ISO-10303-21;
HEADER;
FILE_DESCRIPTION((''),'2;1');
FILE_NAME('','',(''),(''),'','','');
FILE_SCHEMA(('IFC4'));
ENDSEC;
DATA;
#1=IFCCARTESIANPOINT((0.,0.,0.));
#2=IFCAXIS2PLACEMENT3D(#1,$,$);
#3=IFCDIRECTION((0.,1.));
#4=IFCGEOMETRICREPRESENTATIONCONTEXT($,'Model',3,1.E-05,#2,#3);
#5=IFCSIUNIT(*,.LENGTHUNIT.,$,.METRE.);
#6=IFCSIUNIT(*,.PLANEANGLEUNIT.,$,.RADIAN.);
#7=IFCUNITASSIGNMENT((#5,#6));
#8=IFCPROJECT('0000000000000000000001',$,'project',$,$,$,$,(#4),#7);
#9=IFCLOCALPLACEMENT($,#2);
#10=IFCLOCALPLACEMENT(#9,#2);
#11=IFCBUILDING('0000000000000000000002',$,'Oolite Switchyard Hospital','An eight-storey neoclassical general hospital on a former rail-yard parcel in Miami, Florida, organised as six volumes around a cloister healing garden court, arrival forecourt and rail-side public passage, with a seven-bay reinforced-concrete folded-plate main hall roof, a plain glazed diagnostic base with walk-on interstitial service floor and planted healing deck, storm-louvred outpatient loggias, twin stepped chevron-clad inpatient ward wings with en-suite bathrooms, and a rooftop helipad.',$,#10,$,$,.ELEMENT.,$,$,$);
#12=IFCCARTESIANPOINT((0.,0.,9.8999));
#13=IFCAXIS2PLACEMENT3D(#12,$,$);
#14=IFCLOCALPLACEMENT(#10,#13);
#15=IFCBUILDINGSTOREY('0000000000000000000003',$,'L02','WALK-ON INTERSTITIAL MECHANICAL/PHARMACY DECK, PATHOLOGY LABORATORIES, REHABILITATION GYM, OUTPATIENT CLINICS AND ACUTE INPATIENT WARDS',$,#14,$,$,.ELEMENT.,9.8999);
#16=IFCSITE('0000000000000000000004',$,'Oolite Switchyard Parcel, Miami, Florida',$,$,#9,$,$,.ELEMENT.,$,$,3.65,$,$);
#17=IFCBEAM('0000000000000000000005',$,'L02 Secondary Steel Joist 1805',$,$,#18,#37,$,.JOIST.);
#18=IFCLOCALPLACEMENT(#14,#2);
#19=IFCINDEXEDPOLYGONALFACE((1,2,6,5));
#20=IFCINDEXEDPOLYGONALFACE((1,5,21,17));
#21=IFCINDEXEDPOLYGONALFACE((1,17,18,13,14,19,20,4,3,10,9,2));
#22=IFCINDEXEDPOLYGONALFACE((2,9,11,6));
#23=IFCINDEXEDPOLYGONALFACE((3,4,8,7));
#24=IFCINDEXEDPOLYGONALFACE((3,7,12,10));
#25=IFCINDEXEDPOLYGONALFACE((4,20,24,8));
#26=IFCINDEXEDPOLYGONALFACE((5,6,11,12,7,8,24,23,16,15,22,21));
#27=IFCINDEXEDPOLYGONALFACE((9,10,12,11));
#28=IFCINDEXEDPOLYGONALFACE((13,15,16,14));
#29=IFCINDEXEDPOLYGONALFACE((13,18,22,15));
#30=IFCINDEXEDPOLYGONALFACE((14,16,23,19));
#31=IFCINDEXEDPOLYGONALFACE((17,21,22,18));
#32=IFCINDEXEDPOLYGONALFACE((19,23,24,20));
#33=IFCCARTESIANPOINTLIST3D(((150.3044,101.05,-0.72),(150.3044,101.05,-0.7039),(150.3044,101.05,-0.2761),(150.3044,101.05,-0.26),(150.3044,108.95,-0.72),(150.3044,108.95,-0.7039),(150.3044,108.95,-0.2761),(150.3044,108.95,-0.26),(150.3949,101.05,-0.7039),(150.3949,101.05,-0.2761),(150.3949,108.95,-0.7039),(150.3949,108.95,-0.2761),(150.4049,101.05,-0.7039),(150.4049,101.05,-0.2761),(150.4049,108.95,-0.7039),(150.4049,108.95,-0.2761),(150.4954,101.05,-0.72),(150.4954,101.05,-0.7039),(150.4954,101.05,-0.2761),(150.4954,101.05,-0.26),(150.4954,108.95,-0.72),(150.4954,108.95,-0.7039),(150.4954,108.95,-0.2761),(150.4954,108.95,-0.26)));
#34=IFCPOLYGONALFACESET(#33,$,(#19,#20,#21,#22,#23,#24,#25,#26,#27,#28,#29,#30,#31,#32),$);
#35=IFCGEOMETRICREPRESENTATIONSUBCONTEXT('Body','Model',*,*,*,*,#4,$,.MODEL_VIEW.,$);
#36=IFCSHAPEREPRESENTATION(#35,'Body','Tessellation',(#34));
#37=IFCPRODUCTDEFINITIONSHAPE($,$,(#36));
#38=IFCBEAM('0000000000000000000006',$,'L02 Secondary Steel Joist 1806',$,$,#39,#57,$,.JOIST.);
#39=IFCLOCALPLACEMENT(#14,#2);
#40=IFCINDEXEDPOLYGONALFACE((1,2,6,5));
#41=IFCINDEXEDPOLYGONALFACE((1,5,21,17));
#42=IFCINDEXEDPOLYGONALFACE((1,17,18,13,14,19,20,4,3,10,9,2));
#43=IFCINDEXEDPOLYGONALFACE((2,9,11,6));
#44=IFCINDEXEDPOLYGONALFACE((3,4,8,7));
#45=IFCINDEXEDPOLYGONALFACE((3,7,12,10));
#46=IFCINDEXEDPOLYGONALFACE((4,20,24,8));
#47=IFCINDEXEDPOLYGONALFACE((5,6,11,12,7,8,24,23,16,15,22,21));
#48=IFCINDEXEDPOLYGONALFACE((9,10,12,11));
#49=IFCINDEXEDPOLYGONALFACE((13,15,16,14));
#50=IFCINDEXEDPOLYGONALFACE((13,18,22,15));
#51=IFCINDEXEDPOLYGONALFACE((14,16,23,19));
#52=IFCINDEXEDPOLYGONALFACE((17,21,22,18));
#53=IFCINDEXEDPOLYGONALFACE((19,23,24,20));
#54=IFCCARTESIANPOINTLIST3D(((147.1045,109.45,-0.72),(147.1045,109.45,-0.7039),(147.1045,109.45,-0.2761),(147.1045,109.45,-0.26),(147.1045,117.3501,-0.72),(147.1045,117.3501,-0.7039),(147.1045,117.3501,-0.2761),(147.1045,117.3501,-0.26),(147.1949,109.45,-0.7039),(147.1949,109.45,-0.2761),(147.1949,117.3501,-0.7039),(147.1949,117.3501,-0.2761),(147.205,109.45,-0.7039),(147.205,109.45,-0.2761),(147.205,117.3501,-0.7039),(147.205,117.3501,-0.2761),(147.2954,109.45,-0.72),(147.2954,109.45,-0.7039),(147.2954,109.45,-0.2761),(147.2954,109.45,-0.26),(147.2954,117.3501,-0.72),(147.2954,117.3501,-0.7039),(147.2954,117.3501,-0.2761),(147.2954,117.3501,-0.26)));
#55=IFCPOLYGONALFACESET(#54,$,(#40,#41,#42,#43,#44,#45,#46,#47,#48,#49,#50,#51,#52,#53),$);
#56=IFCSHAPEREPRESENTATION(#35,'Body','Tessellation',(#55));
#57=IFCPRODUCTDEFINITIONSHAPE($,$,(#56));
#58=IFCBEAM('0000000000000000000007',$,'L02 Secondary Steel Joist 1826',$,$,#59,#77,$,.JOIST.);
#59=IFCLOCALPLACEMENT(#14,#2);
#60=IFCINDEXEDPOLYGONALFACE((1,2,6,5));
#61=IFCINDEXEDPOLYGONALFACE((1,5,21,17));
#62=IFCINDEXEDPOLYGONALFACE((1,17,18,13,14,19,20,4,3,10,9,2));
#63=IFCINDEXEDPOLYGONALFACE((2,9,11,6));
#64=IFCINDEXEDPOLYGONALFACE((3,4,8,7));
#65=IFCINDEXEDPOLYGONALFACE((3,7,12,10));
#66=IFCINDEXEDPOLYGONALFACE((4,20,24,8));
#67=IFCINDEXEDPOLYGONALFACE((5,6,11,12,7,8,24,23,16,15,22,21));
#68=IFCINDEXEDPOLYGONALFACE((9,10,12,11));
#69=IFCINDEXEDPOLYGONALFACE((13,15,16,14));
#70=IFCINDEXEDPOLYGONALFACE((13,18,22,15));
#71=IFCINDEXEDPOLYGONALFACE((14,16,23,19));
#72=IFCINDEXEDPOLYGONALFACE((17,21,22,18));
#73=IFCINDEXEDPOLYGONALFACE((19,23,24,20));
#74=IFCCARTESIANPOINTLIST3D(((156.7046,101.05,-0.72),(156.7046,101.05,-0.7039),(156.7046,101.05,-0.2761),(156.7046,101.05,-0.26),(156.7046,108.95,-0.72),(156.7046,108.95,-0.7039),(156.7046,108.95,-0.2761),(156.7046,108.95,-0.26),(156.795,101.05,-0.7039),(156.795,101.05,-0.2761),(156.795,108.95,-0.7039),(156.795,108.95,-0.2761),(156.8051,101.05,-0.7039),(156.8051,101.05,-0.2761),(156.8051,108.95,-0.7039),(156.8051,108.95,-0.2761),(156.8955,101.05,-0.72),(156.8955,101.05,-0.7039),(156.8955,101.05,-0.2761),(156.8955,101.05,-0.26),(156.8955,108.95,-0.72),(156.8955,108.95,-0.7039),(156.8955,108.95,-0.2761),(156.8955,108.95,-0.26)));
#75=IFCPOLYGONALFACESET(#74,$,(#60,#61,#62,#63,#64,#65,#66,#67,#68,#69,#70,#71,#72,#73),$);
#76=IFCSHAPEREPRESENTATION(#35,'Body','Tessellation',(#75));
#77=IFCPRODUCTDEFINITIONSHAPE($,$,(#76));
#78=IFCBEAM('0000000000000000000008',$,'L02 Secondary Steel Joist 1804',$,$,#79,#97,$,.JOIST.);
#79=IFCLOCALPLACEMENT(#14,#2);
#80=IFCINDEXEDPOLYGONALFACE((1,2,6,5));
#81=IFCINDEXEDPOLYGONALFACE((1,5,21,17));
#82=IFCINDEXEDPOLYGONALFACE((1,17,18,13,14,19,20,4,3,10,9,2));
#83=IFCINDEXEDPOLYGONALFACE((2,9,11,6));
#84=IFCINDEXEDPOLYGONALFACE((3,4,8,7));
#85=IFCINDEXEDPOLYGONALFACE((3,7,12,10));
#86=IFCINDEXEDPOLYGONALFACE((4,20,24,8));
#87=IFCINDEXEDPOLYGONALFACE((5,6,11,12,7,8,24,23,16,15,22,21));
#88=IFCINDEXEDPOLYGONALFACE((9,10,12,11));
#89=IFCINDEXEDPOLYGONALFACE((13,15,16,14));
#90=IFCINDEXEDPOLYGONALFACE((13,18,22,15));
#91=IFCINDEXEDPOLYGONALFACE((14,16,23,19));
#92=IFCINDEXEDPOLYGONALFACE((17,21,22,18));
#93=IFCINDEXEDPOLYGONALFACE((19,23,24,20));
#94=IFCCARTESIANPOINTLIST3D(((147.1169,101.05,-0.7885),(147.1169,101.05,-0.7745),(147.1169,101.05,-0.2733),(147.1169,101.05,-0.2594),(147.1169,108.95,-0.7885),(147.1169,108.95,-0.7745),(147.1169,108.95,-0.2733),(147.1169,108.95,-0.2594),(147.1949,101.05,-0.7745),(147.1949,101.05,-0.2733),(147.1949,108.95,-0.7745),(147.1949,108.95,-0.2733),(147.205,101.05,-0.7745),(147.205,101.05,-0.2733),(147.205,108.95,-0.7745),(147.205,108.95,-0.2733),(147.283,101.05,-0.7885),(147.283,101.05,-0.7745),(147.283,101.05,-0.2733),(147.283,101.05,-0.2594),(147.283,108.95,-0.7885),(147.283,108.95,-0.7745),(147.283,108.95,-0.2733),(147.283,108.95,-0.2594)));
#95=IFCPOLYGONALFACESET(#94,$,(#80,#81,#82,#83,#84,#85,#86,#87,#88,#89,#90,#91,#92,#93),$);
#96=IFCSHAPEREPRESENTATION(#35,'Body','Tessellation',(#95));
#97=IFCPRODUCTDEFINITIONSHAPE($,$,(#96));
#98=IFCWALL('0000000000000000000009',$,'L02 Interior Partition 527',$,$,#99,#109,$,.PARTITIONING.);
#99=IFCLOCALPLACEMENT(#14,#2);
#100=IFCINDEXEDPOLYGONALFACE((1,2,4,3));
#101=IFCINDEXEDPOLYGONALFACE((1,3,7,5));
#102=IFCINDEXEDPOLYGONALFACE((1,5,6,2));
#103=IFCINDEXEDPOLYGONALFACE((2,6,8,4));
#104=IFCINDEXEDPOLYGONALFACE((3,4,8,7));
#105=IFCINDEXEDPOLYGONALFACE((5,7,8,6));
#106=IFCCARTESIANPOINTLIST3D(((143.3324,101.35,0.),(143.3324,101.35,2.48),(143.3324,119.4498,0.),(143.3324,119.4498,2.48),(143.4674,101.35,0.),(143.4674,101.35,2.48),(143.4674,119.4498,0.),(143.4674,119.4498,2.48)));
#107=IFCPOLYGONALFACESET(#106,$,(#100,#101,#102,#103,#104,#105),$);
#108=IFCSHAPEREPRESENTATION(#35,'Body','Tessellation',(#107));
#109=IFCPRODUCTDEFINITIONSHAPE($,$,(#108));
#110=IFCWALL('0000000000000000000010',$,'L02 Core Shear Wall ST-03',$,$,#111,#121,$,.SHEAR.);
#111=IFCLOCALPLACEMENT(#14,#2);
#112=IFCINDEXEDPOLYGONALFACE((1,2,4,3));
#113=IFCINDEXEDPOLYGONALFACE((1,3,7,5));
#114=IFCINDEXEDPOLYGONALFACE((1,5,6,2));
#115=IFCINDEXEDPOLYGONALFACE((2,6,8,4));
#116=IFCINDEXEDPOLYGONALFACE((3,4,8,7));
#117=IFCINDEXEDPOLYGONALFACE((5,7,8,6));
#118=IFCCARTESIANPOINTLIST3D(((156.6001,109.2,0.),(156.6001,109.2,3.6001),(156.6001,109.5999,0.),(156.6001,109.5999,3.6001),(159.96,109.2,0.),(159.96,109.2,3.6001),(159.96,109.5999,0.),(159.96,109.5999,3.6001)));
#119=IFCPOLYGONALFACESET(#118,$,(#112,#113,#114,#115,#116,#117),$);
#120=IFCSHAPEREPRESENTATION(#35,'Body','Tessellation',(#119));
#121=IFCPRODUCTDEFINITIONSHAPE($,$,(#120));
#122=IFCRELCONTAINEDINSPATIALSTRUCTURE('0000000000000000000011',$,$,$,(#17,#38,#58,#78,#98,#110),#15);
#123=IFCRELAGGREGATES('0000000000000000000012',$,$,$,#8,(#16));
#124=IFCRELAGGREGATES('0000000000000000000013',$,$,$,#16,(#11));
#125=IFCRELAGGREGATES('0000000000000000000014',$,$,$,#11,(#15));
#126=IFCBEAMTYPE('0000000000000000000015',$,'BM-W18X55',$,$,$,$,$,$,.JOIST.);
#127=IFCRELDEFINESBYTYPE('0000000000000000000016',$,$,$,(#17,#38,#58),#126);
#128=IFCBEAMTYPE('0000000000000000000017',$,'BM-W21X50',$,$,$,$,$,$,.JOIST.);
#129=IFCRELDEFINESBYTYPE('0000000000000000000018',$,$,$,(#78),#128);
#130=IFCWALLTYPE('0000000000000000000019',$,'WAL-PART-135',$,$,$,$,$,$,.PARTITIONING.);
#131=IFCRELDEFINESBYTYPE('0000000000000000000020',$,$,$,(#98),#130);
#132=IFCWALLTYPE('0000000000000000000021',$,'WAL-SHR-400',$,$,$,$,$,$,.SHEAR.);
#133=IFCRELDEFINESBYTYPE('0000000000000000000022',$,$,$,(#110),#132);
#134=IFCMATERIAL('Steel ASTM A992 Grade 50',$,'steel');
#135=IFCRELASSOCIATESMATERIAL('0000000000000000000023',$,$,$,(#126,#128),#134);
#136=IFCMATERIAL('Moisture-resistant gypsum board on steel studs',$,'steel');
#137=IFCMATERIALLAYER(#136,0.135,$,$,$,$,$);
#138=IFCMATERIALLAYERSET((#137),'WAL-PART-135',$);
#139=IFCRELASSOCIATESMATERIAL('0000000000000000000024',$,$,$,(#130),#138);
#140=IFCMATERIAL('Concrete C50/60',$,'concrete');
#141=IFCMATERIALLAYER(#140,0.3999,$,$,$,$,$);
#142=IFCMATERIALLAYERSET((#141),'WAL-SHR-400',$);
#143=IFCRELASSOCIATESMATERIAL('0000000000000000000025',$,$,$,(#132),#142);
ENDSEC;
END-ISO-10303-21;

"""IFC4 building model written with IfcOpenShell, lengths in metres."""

from ifc_helpers import new_model, si_unit, direction, frame, frame_2d, origin, origin_2d, place, context, subcontext, project, spatial, rectangle, i_section, extrude, material, layer, layer_set, material_profile, profile_set, type_object, element, save


model = new_model("IFC4")

# Units and contexts
model_context = context("Model", 3, precision=1e-05, world=origin(), true_north=direction((0.0, 1.0)))
body_context = subcontext(model_context, "Body", "Model", "MODEL_VIEW")
ifc_project = project(units=[si_unit("LENGTHUNIT", "METRE"), si_unit("PLANEANGLEUNIT", "RADIAN")], contexts=[model_context])

# Site, building, storey
site_placement = place(None, origin())
site = spatial("IfcSite", under=ifc_project, at=site_placement, Name="Oolite Switchyard Parcel, Miami, Florida", CompositionType="ELEMENT", RefElevation=3.65)
building_placement = place(site_placement, origin())
building = spatial("IfcBuilding", under=site, at=building_placement, Name="Oolite Switchyard Hospital", Description="An eight-storey neoclassical general hospital on a former rail-yard parcel in Miami, Florida, organised as six volumes around a cloister healing garden court, arrival forecourt and rail-side public passage, with a seven-bay reinforced-concrete folded-plate main hall roof, a plain glazed diagnostic base with walk-on interstitial service floor and planted healing deck, storm-louvred outpatient loggias, twin stepped chevron-clad inpatient ward wings with en-suite bathrooms, and a rooftop helipad.", CompositionType="ELEMENT")
storey_placement = place(building_placement, frame((0.0, 0.0, 9.8999)))
storey = spatial("IfcBuildingStorey", under=building, at=storey_placement, Name="L02", Description="WALK-ON INTERSTITIAL MECHANICAL/PHARMACY DECK, PATHOLOGY LABORATORIES, REHABILITATION GYM, OUTPATIENT CLINICS AND ACUTE INPATIENT WARDS", CompositionType="ELEMENT", Elevation=9.8999)

# Shared definitions
ifc_material_1 = material(Name="Concrete C50/60", Category="concrete")

# Beams
ifc_material_2 = material(Name="Steel ASTM A992 Grade 50", Category="steel")
ifc_material_profile_1 = material_profile(ifc_material_2, i_section(OverallWidth=0.1909, OverallDepth=0.46, WebThickness=0.01, FlangeThickness=0.0161, at=origin_2d()), Name="W18X55")
ifc_profile_set_1 = profile_set([ifc_material_profile_1], Name="Steel ASTM A992 Grade 50")
beam_type_1 = type_object("IfcBeamType", Name="BM-W18X55", PredefinedType="JOIST", material=ifc_profile_set_1)
beam_1_placement = place(storey_placement, frame((150.3999, 101.05, -0.49), z_axis=(0.0, 1.0, 0.0), x_axis=(-1.0, 0.0, 0.0)))
element("IfcBeam", 1, at=beam_1_placement, inside=storey, type_object=beam_type_1, Name="L02 Secondary Steel Joist 1805", PredefinedType="JOIST", context=body_context, shape_type="SweptSolid", body=[
    extrude(i_section(OverallWidth=0.1909, OverallDepth=0.46, WebThickness=0.01, FlangeThickness=0.0161, at=origin_2d()), origin(), (0.0, 0.0, 1.0), 7.8999),
])
beam_2_placement = place(storey_placement, frame((147.2, 109.45, -0.49), z_axis=(0.0, 1.0, 0.0), x_axis=(-1.0, 0.0, 0.0)))
element("IfcBeam", 2, at=beam_2_placement, inside=storey, type_object=beam_type_1, Name="L02 Secondary Steel Joist 1806", PredefinedType="JOIST", context=body_context, shape_type="SweptSolid", body=[
    extrude(i_section(OverallWidth=0.1909, OverallDepth=0.46, WebThickness=0.01, FlangeThickness=0.0161, at=origin_2d()), origin(), (0.0, 0.0, 1.0), 7.9001),
])
beam_3_placement = place(storey_placement, frame((156.8, 101.05, -0.49), z_axis=(0.0, 1.0, 0.0), x_axis=(-1.0, 0.0, 0.0)))
element("IfcBeam", 3, at=beam_3_placement, inside=storey, type_object=beam_type_1, Name="L02 Secondary Steel Joist 1826", PredefinedType="JOIST", context=body_context, shape_type="SweptSolid", body=[
    extrude(i_section(OverallWidth=0.1909, OverallDepth=0.46, WebThickness=0.01, FlangeThickness=0.0161, at=origin_2d()), origin(), (0.0, 0.0, 1.0), 7.8999),
])
ifc_material_profile_2 = material_profile(ifc_material_2, i_section(OverallWidth=0.166, OverallDepth=0.5291, WebThickness=0.01, FlangeThickness=0.0139, at=origin_2d()), Name="W21X50")
ifc_profile_set_2 = profile_set([ifc_material_profile_2], Name="Steel ASTM A992 Grade 50")
beam_type_2 = type_object("IfcBeamType", Name="BM-W21X50", PredefinedType="JOIST", material=ifc_profile_set_2)
beam_4_placement = place(storey_placement, frame((147.2, 101.05, -0.5239), z_axis=(0.0, 1.0, 0.0), x_axis=(-1.0, 0.0, 0.0)))
element("IfcBeam", 4, at=beam_4_placement, inside=storey, type_object=beam_type_2, Name="L02 Secondary Steel Joist 1804", PredefinedType="JOIST", context=body_context, shape_type="SweptSolid", body=[
    extrude(i_section(OverallWidth=0.166, OverallDepth=0.5291, WebThickness=0.01, FlangeThickness=0.0139, at=origin_2d()), origin(), (0.0, 0.0, 1.0), 7.8999),
])

# Walls
ifc_material_3 = material(Name="Moisture-resistant gypsum board on steel studs", Category="steel")
ifc_layer_1 = layer(ifc_material_3, 0.135)
ifc_layer_set_1 = layer_set([ifc_layer_1], Name="WAL-PART-135")
wall_type_1 = type_object("IfcWallType", Name="WAL-PART-135", PredefinedType="PARTITIONING", material=ifc_layer_set_1)
wall_1_placement = place(storey_placement, frame((143.3999, 101.3501, 0.0), z_axis=(0.0, 0.0, 1.0), x_axis=(0.0, 1.0, 0.0)))
element("IfcWall", 5, at=wall_1_placement, inside=storey, type_object=wall_type_1, Name="L02 Interior Partition 527", PredefinedType="PARTITIONING", context=body_context, shape_type="SweptSolid", body=[
    extrude(rectangle(XDim=18.0999, YDim=0.135, at=frame_2d((9.0498, 0.0))), origin(), (0.0, 0.0, 1.0), 2.48),
])
ifc_layer_2 = layer(ifc_material_1, 0.3999)
ifc_layer_set_2 = layer_set([ifc_layer_2], Name="WAL-SHR-400")
wall_type_2 = type_object("IfcWallType", Name="WAL-SHR-400", PredefinedType="SHEAR", material=ifc_layer_set_2)
wall_2_placement = place(storey_placement, frame((156.6001, 109.3999, 0.0), z_axis=(0.0, 0.0, 1.0), x_axis=(1.0, 0.0, 0.0)))
element("IfcWall", 6, at=wall_2_placement, inside=storey, type_object=wall_type_2, Name="L02 Core Shear Wall ST-03", PredefinedType="SHEAR", context=body_context, shape_type="SweptSolid", body=[
    extrude(rectangle(XDim=3.3599, YDim=0.3999, at=frame_2d((1.6799, 0.0))), origin(), (0.0, 0.0, 1.0), 3.6001),
])

save(model, "model.ifc")
